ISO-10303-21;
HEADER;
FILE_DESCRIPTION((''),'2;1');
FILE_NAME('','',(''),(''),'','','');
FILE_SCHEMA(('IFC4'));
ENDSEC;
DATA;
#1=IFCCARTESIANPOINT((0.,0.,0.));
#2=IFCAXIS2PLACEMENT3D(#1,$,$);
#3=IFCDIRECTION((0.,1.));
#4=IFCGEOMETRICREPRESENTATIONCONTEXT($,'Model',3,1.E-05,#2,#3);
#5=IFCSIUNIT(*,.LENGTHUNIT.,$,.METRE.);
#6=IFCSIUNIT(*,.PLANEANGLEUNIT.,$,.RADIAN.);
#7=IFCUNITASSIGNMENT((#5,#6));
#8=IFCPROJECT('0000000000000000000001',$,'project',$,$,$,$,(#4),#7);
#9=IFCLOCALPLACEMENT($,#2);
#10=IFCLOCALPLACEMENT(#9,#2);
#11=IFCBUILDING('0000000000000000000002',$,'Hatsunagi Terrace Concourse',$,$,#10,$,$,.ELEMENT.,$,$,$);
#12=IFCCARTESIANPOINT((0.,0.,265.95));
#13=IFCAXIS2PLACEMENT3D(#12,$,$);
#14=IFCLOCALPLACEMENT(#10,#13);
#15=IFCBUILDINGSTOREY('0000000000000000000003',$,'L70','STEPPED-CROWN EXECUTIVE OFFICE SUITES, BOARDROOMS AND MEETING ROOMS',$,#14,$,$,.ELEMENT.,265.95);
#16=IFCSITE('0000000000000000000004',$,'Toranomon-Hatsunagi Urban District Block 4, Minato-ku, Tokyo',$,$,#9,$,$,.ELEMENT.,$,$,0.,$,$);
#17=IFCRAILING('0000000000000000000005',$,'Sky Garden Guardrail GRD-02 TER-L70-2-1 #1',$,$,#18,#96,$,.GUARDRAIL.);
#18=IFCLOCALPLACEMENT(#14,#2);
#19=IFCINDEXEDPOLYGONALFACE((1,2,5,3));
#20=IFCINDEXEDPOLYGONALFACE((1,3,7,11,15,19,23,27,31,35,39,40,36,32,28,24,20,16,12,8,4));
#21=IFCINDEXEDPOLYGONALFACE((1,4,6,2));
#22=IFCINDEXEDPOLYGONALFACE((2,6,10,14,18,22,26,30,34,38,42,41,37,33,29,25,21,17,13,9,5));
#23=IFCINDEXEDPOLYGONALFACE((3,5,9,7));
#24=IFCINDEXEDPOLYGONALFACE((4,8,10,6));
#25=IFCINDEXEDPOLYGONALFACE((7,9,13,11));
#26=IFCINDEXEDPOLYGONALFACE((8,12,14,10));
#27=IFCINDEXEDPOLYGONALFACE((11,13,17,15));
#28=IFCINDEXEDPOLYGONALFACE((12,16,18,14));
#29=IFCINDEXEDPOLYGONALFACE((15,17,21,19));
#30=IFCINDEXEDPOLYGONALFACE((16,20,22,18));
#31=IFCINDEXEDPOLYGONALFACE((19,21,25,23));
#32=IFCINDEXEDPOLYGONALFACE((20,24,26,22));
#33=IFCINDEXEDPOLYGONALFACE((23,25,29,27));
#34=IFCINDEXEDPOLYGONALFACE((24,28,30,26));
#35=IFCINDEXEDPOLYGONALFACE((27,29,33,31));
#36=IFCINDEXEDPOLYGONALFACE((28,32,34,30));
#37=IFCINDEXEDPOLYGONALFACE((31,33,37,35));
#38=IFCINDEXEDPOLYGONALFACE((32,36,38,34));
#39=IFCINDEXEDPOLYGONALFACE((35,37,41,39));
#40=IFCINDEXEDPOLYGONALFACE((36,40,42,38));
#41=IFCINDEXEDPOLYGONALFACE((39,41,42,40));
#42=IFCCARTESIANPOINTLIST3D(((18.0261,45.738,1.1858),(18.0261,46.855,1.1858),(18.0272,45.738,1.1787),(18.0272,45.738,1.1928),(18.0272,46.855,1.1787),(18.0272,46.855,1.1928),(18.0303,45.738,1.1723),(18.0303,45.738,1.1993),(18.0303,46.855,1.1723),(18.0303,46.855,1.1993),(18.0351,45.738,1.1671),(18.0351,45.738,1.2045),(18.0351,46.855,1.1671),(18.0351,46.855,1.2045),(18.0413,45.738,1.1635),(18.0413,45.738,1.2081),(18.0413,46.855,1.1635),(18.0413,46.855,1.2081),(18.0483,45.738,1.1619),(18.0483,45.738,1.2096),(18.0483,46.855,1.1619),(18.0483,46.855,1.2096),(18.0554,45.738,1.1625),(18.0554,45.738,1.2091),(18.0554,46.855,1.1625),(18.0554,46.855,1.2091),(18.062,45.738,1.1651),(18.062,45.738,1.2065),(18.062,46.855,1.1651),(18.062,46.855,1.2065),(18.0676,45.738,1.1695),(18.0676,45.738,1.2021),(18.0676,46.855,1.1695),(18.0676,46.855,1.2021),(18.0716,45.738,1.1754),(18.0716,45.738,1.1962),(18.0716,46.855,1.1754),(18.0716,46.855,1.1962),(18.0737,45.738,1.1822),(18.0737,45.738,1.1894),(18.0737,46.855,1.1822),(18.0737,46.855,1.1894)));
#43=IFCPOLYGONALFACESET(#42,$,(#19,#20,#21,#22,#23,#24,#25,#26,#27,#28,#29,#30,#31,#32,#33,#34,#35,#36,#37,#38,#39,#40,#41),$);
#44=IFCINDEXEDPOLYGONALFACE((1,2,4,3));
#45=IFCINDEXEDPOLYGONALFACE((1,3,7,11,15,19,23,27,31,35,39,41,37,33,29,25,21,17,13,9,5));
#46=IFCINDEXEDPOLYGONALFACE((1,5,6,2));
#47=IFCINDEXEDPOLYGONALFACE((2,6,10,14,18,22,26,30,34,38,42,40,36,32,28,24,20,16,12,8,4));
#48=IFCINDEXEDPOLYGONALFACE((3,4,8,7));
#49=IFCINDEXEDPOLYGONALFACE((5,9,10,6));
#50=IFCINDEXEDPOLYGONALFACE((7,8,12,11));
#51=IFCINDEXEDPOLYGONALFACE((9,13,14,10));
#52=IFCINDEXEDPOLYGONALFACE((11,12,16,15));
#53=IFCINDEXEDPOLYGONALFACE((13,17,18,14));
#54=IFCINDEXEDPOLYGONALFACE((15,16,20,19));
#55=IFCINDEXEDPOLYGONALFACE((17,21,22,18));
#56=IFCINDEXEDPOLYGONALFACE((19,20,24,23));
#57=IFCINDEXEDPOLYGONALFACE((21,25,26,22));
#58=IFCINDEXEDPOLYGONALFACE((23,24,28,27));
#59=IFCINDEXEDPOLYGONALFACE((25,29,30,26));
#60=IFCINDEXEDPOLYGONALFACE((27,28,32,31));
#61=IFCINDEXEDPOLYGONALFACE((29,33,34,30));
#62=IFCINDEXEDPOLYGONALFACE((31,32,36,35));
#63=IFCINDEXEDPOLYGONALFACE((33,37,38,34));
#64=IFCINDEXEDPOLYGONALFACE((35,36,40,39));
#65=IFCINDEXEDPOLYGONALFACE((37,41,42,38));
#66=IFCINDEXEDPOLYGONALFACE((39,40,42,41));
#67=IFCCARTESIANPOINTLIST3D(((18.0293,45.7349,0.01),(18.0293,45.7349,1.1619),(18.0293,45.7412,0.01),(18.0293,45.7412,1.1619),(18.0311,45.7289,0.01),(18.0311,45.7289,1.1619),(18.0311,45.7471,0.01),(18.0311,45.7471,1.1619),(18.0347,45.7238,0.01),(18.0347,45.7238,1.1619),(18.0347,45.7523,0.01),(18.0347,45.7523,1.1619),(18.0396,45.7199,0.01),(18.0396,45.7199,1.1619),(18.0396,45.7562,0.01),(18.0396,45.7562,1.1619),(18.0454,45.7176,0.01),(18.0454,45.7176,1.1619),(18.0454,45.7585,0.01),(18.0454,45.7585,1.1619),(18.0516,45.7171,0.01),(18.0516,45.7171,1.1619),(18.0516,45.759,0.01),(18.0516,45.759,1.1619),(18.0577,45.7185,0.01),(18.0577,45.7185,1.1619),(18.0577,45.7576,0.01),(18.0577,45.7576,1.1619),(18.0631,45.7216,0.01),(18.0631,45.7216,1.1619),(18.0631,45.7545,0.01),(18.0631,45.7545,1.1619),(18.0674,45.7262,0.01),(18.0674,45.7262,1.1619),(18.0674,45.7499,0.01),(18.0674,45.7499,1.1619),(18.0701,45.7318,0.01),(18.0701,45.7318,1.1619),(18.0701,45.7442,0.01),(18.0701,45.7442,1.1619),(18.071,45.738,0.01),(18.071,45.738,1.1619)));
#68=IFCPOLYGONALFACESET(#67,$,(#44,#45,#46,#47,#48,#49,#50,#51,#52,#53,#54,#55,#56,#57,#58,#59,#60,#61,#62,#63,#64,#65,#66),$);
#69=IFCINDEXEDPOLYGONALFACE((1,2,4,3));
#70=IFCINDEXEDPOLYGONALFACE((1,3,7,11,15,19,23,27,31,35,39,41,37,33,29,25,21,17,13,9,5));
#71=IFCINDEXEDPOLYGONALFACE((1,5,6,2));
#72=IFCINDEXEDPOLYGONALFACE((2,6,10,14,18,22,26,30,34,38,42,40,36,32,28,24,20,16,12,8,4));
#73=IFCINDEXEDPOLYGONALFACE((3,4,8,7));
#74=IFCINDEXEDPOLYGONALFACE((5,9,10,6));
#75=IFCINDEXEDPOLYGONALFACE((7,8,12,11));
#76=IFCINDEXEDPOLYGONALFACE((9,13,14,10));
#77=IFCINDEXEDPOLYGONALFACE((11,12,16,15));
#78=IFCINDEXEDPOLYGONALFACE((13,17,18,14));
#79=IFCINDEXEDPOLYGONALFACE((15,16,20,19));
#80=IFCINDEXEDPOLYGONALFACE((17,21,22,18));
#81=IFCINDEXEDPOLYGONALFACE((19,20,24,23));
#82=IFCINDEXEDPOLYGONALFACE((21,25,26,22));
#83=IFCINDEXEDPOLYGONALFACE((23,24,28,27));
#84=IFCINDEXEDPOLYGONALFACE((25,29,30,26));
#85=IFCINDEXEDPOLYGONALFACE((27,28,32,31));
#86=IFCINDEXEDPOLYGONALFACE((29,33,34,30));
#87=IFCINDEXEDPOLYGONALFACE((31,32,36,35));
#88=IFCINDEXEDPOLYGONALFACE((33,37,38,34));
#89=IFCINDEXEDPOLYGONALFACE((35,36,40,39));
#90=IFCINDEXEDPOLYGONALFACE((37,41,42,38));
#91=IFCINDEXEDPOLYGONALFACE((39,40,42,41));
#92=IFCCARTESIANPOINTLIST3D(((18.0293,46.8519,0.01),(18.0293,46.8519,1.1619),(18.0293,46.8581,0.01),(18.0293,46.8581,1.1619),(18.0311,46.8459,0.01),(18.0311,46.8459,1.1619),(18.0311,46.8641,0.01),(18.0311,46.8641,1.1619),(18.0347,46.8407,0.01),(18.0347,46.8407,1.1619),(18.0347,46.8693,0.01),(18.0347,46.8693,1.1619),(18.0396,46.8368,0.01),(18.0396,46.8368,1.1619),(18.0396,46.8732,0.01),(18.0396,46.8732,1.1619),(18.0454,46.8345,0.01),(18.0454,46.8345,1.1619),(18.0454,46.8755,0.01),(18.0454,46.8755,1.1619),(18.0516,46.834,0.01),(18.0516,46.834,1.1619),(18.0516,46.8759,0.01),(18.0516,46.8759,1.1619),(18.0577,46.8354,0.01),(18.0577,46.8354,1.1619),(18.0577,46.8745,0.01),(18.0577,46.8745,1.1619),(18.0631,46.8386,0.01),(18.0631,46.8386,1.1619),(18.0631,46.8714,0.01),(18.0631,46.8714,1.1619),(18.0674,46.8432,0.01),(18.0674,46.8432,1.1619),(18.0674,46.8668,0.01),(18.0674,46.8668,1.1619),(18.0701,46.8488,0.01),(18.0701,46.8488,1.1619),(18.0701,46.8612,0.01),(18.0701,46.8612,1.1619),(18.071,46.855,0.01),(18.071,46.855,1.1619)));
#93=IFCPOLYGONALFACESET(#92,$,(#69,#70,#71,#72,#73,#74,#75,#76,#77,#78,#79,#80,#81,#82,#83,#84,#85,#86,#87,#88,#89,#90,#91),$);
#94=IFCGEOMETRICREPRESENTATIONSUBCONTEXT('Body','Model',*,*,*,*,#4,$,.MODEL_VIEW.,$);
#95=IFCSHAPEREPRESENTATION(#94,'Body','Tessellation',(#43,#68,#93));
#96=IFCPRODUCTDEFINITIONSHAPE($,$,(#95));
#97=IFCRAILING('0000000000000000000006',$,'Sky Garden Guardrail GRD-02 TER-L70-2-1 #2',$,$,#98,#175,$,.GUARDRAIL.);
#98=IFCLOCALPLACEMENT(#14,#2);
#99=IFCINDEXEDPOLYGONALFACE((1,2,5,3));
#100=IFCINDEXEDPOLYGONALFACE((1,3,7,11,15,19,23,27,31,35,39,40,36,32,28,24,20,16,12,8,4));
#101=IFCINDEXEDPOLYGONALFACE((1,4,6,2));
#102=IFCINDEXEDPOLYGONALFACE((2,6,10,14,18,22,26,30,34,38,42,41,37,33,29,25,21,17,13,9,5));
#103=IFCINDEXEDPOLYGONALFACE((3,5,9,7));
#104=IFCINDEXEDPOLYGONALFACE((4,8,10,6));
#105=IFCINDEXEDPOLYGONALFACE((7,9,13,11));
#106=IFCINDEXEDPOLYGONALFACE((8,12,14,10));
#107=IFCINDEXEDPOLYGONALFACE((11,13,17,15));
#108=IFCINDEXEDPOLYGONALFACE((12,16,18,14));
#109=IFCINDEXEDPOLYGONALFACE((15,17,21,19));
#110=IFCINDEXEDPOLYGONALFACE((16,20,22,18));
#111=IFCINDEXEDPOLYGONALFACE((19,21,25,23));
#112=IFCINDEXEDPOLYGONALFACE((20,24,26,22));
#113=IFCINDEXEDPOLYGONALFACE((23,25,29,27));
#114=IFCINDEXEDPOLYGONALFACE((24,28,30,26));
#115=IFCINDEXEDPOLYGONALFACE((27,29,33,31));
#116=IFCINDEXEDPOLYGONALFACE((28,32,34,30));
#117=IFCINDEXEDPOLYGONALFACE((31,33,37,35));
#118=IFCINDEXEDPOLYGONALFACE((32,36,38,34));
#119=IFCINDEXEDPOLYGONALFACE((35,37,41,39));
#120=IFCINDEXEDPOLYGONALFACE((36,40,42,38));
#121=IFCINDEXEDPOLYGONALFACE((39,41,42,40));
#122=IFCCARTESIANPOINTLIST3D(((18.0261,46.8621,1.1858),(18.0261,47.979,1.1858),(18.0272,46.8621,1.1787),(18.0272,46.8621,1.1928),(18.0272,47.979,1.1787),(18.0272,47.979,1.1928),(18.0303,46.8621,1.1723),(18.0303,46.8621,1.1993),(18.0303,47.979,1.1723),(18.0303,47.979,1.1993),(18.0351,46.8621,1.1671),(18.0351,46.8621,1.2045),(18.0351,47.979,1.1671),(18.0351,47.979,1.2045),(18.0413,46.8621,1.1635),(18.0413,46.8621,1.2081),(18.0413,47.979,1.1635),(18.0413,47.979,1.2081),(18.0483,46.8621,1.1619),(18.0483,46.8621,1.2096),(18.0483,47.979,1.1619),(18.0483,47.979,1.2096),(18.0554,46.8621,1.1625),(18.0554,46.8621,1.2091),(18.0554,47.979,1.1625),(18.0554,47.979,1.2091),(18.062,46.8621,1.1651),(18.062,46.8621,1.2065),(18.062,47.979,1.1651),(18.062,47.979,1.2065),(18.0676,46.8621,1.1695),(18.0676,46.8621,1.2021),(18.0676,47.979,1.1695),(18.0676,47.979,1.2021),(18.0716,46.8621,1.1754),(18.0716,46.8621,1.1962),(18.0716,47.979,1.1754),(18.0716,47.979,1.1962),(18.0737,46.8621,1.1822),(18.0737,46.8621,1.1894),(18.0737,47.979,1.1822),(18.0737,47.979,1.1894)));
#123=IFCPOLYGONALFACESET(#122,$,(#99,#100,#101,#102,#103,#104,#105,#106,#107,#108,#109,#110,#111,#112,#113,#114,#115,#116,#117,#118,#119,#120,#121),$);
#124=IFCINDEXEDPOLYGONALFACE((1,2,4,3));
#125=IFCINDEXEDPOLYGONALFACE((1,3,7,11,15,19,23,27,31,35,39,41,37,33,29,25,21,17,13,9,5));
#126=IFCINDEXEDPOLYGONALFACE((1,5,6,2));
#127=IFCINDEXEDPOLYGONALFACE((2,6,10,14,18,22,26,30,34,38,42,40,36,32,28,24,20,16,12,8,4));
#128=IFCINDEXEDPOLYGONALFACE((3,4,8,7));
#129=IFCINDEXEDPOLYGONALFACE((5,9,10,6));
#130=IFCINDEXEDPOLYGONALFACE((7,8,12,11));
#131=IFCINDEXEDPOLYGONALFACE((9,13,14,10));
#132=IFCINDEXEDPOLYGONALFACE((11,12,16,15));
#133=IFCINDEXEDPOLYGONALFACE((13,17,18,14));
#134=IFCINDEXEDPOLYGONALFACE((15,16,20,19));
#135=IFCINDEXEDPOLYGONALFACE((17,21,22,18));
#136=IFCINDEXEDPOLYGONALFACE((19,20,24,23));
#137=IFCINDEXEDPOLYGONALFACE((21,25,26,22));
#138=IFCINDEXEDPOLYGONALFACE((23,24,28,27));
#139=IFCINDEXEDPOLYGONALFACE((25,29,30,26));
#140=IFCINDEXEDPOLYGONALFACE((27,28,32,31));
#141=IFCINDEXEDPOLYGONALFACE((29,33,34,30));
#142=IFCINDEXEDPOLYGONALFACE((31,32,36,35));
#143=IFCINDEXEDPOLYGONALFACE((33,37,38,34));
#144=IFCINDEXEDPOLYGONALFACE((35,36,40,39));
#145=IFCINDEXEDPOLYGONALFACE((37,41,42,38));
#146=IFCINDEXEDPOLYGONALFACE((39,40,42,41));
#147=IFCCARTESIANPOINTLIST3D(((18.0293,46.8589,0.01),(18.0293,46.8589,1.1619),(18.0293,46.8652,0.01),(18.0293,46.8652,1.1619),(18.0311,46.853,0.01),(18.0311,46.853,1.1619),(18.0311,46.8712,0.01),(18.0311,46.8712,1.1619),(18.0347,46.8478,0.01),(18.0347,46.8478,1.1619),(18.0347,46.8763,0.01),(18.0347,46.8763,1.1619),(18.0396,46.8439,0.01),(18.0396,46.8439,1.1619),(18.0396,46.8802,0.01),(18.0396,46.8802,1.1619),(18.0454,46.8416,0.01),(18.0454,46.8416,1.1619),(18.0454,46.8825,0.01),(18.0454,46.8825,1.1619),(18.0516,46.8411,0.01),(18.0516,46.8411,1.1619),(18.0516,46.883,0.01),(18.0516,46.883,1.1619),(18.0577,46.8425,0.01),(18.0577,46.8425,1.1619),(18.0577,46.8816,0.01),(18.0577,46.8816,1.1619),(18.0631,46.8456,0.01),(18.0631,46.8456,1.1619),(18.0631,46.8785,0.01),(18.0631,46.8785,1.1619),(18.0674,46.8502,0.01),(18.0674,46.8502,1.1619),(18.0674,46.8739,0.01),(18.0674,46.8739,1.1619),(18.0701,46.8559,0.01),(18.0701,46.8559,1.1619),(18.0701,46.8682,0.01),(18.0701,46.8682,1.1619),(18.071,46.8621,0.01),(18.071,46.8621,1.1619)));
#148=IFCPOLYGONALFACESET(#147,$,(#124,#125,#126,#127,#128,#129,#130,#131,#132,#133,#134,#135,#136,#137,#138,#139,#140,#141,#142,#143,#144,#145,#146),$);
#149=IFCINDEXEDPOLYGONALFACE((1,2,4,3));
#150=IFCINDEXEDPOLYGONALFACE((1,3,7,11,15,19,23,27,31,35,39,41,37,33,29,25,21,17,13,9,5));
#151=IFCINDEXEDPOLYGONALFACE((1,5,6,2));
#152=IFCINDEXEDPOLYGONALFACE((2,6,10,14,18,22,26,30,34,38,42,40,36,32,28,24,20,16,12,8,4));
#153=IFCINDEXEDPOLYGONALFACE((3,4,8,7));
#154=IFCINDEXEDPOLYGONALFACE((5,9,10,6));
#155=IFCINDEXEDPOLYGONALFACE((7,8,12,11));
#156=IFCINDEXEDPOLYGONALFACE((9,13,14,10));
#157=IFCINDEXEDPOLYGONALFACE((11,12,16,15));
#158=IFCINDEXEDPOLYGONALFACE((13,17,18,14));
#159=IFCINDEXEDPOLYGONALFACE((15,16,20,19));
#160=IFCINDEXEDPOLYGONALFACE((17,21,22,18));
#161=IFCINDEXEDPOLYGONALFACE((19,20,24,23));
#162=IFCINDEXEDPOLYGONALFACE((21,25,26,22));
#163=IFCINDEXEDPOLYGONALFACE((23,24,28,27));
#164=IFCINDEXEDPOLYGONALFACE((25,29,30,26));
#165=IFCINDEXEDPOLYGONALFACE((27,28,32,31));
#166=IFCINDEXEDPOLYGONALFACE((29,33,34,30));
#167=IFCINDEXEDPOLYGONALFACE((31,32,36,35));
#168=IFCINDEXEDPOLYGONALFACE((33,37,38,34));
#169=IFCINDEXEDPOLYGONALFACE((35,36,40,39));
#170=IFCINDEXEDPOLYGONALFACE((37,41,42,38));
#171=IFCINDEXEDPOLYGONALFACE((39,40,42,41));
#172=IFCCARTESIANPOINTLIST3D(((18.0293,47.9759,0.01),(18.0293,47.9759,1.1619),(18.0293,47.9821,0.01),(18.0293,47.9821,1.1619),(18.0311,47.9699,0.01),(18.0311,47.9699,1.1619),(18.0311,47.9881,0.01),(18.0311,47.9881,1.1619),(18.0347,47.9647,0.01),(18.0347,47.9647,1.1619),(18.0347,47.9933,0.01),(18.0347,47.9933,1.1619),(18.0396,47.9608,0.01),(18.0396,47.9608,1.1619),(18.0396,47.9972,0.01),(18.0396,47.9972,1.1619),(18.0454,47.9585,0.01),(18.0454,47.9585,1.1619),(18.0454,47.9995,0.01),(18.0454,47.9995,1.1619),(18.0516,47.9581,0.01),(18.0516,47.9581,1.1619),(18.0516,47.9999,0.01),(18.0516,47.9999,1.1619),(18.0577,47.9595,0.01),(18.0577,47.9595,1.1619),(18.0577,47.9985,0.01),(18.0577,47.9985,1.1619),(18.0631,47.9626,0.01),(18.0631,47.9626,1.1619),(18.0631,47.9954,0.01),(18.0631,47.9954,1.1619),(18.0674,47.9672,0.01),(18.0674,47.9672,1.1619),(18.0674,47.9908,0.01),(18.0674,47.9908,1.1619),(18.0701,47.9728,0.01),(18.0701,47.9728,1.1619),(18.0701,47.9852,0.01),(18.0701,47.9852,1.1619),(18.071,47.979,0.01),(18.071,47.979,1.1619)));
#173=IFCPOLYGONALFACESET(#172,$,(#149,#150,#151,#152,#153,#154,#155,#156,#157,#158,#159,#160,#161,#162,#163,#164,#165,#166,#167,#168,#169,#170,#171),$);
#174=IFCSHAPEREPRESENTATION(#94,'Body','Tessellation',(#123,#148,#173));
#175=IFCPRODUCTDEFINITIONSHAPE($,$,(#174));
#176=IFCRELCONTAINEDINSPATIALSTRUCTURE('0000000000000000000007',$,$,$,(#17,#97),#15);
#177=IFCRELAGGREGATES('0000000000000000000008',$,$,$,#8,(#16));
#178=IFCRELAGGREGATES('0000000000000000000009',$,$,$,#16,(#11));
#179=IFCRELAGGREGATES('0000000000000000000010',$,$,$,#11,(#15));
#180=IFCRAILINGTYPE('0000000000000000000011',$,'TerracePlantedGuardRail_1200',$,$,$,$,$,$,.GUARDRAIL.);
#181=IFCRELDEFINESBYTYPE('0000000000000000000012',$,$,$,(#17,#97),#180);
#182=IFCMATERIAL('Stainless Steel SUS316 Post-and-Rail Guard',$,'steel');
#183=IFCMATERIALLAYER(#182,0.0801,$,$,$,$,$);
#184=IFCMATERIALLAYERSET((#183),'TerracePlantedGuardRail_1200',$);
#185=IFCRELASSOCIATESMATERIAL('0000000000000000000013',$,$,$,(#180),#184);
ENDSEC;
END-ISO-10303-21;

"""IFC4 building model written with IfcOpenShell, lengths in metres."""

from ifc_helpers import new_model, si_unit, direction, frame, origin, origin_2d, place, context, subcontext, project, spatial, circle, extrude, material, layer, layer_set, type_object, element, save


model = new_model("IFC4")

# Units and contexts
model_context = context("Model", 3, precision=1e-05, world=origin(), true_north=direction((0.0, 1.0)))
body_context = subcontext(model_context, "Body", "Model", "MODEL_VIEW")
ifc_project = project(units=[si_unit("LENGTHUNIT", "METRE"), si_unit("PLANEANGLEUNIT", "RADIAN")], contexts=[model_context])

# Site, building, storey
site_placement = place(None, origin())
site = spatial("IfcSite", under=ifc_project, at=site_placement, Name="Toranomon-Hatsunagi Urban District Block 4, Minato-ku, Tokyo", CompositionType="ELEMENT", RefElevation=0.0)
building_placement = place(site_placement, origin())
building = spatial("IfcBuilding", under=site, at=building_placement, Name="Hatsunagi Terrace Concourse", CompositionType="ELEMENT")
storey_placement = place(building_placement, frame((0.0, 0.0, 265.95)))
storey = spatial("IfcBuildingStorey", under=building, at=storey_placement, Name="L70", Description="STEPPED-CROWN EXECUTIVE OFFICE SUITES, BOARDROOMS AND MEETING ROOMS", CompositionType="ELEMENT", Elevation=265.95)

# Railings
ifc_material_1 = material(Name="Stainless Steel SUS316 Post-and-Rail Guard", Category="steel")
ifc_layer_1 = layer(ifc_material_1, 0.0801)
ifc_layer_set_1 = layer_set([ifc_layer_1], Name="TerracePlantedGuardRail_1200")
railing_type = type_object("IfcRailingType", Name="TerracePlantedGuardRail_1200", PredefinedType="GUARDRAIL", material=ifc_layer_set_1)
for number, where, name in (
    (1, (18.05, 45.738, 0.01), "Sky Garden Guardrail GRD-02 TER-L70-2-1 #1"),
    (2, (18.05, 46.8621, 0.01), "Sky Garden Guardrail GRD-02 TER-L70-2-1 #2"),
):
    element("IfcRailing", number, at=place(storey_placement, frame(where)), inside=storey, type_object=railing_type, Name=name, PredefinedType="GUARDRAIL", context=body_context, shape_type="SweptSolid", body=[
        extrude(circle(Radius=0.0239, at=origin_2d()), frame((0.0, 0.0, 1.1758), z_axis=(0.0, 1.0, 0.0), x_axis=(-1.0, 0.0, 0.0)), (0.0, 0.0, 1.0), 1.1169),
        extrude(circle(Radius=0.021, at=origin_2d()), origin(), (0.0, 0.0, 1.0), 1.1519),
        extrude(circle(Radius=0.021, at=origin_2d()), frame((0.0, 1.1169, 0.0)), (0.0, 0.0, 1.0), 1.1519),
    ])

save(model, "model.ifc")
